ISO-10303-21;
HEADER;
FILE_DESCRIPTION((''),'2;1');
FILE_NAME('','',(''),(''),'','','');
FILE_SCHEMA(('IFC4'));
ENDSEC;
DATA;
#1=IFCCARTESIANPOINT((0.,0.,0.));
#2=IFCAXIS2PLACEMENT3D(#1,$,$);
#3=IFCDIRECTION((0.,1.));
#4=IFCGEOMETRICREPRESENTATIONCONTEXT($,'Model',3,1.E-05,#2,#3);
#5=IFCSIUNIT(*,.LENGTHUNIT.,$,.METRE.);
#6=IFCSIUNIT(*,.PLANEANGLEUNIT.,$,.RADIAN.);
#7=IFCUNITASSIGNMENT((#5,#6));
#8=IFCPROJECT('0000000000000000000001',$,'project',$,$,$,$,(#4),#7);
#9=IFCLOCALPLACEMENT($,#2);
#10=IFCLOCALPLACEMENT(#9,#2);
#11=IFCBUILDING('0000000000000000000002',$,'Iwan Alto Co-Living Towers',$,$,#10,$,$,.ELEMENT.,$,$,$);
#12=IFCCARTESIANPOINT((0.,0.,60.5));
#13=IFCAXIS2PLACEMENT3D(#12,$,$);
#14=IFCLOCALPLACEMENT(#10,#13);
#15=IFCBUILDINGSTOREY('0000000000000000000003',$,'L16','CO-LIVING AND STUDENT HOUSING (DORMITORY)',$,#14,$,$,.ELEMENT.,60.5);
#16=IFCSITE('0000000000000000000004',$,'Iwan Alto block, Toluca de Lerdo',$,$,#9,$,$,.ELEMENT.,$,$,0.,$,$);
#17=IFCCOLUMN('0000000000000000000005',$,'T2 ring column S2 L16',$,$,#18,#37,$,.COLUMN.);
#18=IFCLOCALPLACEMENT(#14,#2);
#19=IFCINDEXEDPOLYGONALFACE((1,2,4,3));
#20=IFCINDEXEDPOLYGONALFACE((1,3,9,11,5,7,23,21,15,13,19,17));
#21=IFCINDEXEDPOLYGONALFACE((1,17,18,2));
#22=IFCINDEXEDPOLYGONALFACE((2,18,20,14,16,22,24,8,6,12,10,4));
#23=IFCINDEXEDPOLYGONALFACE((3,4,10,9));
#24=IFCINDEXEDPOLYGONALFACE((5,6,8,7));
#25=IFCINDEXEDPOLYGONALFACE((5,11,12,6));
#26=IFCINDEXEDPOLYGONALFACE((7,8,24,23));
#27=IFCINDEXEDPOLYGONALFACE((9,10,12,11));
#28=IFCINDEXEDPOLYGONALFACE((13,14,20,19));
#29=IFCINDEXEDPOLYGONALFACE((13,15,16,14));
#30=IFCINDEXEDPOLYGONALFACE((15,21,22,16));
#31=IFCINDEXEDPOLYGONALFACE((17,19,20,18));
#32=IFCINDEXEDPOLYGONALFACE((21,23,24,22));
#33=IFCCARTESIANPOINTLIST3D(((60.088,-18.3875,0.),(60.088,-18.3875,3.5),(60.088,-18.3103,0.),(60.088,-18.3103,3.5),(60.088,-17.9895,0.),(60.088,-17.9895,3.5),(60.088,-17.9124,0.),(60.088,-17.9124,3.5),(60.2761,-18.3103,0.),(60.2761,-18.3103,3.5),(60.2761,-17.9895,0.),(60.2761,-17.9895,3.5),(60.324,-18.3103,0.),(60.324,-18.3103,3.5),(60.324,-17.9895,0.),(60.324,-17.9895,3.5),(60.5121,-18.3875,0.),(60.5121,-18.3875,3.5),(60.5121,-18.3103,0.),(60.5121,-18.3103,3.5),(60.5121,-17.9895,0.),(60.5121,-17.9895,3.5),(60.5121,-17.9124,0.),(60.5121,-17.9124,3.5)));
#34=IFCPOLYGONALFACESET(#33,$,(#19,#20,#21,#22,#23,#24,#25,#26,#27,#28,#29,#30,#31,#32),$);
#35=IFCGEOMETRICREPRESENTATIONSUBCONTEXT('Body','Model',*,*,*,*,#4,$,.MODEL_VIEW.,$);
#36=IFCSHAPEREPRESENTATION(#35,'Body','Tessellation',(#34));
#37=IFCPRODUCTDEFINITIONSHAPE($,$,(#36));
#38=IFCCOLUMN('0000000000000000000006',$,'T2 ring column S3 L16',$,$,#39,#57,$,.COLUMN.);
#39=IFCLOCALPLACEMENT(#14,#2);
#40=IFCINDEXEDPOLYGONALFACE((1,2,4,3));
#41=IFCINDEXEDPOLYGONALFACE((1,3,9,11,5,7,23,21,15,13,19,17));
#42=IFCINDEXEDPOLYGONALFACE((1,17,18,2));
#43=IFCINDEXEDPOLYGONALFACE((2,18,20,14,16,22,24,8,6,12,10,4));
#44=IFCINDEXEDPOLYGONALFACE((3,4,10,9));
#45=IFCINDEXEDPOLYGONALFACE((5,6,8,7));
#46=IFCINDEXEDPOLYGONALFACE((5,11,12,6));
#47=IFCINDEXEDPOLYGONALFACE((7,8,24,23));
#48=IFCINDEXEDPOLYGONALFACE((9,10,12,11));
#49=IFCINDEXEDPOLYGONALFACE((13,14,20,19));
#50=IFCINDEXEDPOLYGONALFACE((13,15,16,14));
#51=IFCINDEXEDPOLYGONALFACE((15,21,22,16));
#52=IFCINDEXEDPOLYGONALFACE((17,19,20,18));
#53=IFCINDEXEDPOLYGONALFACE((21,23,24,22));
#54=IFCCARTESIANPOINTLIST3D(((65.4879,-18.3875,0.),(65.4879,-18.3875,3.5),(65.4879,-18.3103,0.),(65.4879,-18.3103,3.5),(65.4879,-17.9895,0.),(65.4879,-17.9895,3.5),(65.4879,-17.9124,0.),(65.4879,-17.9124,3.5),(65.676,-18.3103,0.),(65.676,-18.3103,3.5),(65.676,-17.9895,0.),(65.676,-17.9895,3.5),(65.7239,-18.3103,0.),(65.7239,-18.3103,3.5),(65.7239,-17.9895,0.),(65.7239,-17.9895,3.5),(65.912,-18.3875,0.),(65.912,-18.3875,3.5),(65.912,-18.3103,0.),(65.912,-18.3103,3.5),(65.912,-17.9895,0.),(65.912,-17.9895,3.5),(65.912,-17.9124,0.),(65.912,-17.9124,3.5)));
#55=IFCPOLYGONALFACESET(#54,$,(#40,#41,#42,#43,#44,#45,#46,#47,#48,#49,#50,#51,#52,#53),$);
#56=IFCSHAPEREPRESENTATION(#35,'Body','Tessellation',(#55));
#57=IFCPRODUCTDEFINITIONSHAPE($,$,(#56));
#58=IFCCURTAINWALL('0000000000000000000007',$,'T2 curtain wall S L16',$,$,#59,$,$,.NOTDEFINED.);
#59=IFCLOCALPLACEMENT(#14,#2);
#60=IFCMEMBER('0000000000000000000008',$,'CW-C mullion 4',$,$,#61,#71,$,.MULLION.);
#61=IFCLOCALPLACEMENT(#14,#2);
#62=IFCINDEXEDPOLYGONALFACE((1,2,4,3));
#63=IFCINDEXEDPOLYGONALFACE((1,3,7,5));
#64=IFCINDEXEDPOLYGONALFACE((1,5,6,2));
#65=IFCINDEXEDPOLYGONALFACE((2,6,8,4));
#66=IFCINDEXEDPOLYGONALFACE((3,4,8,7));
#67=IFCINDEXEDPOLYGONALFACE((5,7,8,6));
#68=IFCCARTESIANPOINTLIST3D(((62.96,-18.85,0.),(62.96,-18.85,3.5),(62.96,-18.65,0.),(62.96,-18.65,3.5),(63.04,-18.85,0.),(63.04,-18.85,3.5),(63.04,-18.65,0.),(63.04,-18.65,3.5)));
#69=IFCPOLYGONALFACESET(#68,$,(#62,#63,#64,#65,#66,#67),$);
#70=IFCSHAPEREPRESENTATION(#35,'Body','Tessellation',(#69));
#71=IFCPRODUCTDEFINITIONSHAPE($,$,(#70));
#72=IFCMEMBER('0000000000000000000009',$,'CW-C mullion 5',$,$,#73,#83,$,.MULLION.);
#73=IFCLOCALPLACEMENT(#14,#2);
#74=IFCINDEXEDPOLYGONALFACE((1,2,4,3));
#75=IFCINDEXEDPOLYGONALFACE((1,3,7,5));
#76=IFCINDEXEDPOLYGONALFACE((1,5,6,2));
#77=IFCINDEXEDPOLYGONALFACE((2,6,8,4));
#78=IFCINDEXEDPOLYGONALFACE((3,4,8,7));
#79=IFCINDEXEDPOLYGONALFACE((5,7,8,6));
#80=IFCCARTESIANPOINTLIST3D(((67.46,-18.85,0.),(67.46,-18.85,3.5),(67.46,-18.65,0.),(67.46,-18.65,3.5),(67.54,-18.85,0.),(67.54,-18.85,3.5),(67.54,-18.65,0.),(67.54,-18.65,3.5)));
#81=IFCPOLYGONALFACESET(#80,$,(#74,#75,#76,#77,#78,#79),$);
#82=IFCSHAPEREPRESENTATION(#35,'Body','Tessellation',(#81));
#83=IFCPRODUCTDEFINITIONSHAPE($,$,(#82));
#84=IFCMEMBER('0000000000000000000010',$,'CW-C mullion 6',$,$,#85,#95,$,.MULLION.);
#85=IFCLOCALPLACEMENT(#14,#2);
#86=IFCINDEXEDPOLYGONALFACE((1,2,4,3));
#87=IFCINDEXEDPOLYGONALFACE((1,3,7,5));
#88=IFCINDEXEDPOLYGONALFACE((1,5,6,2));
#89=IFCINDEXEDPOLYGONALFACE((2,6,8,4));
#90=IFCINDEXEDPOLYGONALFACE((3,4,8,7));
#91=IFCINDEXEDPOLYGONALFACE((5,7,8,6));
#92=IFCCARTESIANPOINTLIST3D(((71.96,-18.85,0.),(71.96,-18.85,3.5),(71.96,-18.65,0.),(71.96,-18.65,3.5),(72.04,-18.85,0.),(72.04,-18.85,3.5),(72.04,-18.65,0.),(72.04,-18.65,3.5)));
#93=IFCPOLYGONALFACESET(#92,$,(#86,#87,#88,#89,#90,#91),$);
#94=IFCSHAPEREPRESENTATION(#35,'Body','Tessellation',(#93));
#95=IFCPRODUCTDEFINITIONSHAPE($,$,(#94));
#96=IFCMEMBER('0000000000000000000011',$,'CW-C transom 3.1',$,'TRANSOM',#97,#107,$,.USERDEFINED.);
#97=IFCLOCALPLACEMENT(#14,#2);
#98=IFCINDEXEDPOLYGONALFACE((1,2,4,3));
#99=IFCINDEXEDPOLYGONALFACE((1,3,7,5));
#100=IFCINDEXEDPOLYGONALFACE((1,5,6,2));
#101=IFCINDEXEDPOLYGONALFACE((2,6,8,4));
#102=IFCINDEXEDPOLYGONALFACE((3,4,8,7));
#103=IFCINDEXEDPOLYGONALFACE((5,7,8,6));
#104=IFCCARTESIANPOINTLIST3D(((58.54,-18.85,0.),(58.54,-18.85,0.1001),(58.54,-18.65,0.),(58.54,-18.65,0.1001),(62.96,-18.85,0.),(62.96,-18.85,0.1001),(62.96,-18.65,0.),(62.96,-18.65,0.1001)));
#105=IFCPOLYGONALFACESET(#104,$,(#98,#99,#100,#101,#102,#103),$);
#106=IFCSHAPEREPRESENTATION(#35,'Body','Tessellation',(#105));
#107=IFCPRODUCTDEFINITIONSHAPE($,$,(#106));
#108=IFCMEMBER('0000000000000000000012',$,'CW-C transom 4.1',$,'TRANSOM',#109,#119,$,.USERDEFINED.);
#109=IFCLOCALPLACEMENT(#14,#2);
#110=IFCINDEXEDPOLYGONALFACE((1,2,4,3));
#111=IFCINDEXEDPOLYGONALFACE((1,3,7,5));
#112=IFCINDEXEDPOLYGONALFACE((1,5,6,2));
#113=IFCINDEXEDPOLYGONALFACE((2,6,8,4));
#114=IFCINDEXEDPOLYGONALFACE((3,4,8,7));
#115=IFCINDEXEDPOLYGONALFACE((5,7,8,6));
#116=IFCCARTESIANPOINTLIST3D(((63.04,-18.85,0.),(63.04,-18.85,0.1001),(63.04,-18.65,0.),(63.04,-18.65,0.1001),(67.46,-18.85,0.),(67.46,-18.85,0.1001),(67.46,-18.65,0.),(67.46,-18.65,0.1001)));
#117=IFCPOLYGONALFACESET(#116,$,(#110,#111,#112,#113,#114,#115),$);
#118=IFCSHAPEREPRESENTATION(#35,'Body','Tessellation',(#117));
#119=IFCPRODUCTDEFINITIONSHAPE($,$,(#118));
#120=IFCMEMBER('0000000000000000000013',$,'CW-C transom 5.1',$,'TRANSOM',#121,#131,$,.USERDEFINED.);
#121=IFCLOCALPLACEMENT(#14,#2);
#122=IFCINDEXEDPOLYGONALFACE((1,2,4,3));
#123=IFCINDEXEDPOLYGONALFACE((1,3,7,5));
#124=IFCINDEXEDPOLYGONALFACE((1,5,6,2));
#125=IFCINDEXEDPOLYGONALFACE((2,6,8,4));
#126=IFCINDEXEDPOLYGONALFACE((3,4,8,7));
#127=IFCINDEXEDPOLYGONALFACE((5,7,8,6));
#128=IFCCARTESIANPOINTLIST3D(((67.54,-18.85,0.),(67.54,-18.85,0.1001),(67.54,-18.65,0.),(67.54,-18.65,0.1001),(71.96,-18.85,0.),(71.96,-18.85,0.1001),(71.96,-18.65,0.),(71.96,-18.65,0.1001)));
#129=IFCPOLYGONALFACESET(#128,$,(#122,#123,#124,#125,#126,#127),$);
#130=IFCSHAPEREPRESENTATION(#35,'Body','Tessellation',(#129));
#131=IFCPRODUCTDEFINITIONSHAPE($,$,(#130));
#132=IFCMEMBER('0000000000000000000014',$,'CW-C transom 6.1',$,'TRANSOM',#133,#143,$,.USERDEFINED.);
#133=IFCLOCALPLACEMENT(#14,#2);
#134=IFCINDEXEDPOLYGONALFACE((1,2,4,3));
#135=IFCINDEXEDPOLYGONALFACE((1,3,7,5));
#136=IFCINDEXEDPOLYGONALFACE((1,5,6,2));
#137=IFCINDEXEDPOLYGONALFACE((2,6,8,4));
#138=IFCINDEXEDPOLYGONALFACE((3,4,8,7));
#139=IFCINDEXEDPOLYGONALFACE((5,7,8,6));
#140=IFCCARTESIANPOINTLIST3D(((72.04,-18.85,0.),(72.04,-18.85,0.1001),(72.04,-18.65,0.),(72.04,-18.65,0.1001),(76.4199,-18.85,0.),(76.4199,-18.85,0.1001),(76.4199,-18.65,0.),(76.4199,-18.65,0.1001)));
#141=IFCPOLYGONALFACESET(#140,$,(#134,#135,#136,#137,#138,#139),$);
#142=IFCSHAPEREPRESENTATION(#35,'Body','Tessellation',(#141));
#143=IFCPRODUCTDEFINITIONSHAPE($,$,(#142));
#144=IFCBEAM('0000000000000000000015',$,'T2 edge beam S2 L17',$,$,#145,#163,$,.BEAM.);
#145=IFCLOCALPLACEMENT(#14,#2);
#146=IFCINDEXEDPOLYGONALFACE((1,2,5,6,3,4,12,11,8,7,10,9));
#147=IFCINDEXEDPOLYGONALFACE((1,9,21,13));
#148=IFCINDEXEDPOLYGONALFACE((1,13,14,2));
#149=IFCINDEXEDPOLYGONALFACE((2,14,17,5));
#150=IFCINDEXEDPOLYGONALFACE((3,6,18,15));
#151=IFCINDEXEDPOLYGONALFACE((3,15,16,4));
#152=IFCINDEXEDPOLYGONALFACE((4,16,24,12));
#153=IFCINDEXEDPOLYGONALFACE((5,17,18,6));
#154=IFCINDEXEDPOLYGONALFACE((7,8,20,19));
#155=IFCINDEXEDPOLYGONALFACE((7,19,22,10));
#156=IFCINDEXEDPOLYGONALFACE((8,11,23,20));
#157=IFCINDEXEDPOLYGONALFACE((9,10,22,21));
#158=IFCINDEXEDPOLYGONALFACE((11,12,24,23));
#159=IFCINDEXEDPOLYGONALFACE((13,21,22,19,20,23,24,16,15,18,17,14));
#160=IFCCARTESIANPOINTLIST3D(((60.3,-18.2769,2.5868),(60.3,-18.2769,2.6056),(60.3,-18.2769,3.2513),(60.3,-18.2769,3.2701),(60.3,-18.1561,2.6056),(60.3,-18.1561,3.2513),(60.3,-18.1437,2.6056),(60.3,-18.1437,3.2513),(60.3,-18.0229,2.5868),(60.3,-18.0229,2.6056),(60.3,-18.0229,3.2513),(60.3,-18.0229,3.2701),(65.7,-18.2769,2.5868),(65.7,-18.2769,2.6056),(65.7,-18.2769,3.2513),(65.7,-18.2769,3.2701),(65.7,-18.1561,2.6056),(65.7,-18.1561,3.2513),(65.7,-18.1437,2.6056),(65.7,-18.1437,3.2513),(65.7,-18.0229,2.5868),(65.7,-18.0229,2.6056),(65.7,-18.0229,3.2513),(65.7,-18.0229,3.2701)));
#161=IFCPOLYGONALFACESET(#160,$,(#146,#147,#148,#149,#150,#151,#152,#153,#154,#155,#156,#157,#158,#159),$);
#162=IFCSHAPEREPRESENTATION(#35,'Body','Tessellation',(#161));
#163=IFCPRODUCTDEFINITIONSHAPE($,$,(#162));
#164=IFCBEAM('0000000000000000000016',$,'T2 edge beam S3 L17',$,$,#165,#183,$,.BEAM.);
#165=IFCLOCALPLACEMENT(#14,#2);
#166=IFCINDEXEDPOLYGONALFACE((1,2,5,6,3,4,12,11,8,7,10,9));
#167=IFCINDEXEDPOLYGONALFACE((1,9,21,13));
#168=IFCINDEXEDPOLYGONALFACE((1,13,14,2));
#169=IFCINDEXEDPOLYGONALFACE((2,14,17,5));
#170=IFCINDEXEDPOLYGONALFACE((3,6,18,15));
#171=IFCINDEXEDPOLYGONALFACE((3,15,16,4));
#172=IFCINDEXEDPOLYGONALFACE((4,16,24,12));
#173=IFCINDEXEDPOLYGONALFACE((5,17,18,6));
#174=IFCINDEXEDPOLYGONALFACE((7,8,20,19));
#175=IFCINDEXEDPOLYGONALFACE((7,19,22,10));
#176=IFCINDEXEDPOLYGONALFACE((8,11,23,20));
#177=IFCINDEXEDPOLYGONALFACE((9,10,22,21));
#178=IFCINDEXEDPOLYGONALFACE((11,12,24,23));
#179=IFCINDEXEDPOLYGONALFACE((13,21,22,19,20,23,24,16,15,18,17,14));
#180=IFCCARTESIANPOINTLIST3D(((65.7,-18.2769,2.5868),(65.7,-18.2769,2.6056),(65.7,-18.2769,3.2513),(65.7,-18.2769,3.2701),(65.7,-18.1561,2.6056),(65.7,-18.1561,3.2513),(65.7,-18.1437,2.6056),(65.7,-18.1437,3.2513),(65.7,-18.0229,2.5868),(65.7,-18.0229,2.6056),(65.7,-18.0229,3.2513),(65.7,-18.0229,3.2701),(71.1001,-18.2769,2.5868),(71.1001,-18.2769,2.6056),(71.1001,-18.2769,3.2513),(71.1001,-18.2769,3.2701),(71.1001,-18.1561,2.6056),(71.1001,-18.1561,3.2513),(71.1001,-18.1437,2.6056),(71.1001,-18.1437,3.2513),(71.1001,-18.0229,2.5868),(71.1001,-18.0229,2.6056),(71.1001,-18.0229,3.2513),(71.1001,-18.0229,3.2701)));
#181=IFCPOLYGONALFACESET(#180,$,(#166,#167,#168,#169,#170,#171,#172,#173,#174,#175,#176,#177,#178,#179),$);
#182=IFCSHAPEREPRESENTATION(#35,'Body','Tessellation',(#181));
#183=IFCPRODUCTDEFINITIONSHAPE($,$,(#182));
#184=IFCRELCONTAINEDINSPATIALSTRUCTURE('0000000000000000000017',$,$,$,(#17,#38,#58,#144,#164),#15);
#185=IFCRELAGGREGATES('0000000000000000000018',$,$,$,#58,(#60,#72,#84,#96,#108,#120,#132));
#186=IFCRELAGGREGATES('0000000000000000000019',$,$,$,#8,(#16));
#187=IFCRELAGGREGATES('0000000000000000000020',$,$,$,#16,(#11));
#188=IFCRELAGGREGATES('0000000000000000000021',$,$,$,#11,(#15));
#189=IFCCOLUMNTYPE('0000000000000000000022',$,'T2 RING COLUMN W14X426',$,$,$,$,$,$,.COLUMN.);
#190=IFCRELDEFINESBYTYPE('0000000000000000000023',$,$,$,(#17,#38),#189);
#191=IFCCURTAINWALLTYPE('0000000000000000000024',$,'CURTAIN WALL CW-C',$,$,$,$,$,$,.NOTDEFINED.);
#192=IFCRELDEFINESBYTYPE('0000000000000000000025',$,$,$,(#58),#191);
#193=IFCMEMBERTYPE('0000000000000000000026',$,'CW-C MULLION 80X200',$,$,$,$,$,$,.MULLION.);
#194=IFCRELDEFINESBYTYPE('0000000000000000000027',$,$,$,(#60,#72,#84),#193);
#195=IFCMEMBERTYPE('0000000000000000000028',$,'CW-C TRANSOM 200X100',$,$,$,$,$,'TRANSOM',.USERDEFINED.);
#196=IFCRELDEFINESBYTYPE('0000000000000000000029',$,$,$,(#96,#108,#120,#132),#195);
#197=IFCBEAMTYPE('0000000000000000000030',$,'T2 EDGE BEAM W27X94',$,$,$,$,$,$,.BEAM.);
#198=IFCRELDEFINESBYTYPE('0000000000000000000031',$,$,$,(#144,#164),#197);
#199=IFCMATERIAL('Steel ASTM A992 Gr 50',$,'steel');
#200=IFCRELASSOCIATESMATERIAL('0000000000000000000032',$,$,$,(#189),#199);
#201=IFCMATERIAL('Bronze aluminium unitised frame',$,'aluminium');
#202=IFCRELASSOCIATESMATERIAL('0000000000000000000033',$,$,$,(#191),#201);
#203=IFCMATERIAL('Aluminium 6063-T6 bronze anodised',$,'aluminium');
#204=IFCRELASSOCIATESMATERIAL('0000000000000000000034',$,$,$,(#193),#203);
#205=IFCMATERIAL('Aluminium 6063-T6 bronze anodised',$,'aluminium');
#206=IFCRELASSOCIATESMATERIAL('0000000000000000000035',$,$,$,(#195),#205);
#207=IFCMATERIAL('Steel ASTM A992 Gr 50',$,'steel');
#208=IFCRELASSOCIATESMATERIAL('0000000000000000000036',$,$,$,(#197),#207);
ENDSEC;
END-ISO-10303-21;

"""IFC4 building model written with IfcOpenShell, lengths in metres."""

from ifc_helpers import new_model, si_unit, direction, frame, origin, origin_2d, place, context, subcontext, project, spatial, rectangle, i_section, extrude, material, material_profile, profile_set, type_object, element, aggregate, save


model = new_model("IFC4")

# Units and contexts
model_context = context("Model", 3, precision=1e-05, world=origin(), true_north=direction((0.0, 1.0)))
body_context = subcontext(model_context, "Body", "Model", "MODEL_VIEW")
ifc_project = project(units=[si_unit("LENGTHUNIT", "METRE"), si_unit("PLANEANGLEUNIT", "RADIAN")], contexts=[model_context])

# Site, building, storey
site_placement = place(None, origin())
site = spatial("IfcSite", under=ifc_project, at=site_placement, Name="Iwan Alto block, Toluca de Lerdo", CompositionType="ELEMENT", RefElevation=0.0)
building_placement = place(site_placement, origin())
building = spatial("IfcBuilding", under=site, at=building_placement, Name="Iwan Alto Co-Living Towers", CompositionType="ELEMENT")
storey_placement = place(building_placement, frame((0.0, 0.0, 60.5)))
storey = spatial("IfcBuildingStorey", under=building, at=storey_placement, Name="L16", Description="CO-LIVING AND STUDENT HOUSING (DORMITORY)", CompositionType="ELEMENT", Elevation=60.5)

# Columns
ifc_material_1 = material(Name="Steel ASTM A992 Gr 50", Category="steel")
ifc_material_profile_1 = material_profile(ifc_material_1, i_section(OverallWidth=0.4241, OverallDepth=0.4751, WebThickness=0.0479, FlangeThickness=0.0771, at=origin_2d()), Name="W14X426")
ifc_profile_set_1 = profile_set([ifc_material_profile_1], Name="Steel ASTM A992 Gr 50")
column_type = type_object("IfcColumnType", Name="T2 RING COLUMN W14X426", PredefinedType="COLUMN", material=ifc_profile_set_1)
for number, where, z_axis, x_axis, name in (
    (1, (60.3, -18.1499, 0.0), (0.0, 0.0, 1.0), (1.0, 0.0, 0.0), "T2 ring column S2 L16"),
    (2, (65.7, -18.1499, 0.0), (0.0, 0.0, 1.0), (1.0, 0.0, 0.0), "T2 ring column S3 L16"),
):
    element("IfcColumn", number, at=place(storey_placement, frame(where, z_axis=z_axis, x_axis=x_axis)), inside=storey, type_object=column_type, Name=name, PredefinedType="COLUMN", context=body_context, shape_type="SweptSolid", body=[
        extrude(i_section(OverallWidth=0.4241, OverallDepth=0.4751, WebThickness=0.0479, FlangeThickness=0.0771, at=origin_2d()), origin(), (0.0, 0.0, 1.0), 3.5),
    ])

# Curtain wall, members
ifc_material_2 = material(Name="Bronze aluminium unitised frame", Category="aluminium")
curtain_wall_type = type_object("IfcCurtainWallType", Name="CURTAIN WALL CW-C", PredefinedType="NOTDEFINED", material=ifc_material_2)
curtain_wall_placement = place(storey_placement, origin())
curtain_wall = element("IfcCurtainWall", 3, at=curtain_wall_placement, inside=storey, type_object=curtain_wall_type, Name="T2 curtain wall S L16", PredefinedType="NOTDEFINED")
ifc_material_3 = material(Name="Aluminium 6063-T6 bronze anodised", Category="aluminium")
ifc_material_profile_2 = material_profile(ifc_material_3, rectangle(XDim=0.2, YDim=0.0801, at=origin_2d()), Name="AL 80X200")
ifc_profile_set_2 = profile_set([ifc_material_profile_2], Name="Aluminium 6063-T6 bronze anodised")
member_type_1 = type_object("IfcMemberType", Name="CW-C MULLION 80X200", PredefinedType="MULLION", material=ifc_profile_set_2)
member_1_placement = place(storey_placement, frame((63.0, -18.75, 0.0), z_axis=(0.0, 0.0, 1.0), x_axis=(0.0, 1.0, 0.0)))
member_1 = element("IfcMember", 4, at=member_1_placement, type_object=member_type_1, Name="CW-C mullion 4", PredefinedType="MULLION", context=body_context, shape_type="SweptSolid", body=[
    extrude(rectangle(XDim=0.2, YDim=0.0801, at=origin_2d()), origin(), (0.0, 0.0, 1.0), 3.5),
])
member_2_placement = place(storey_placement, frame((67.5, -18.75, 0.0), z_axis=(0.0, 0.0, 1.0), x_axis=(0.0, 1.0, 0.0)))
member_2 = element("IfcMember", 5, at=member_2_placement, type_object=member_type_1, Name="CW-C mullion 5", PredefinedType="MULLION", context=body_context, shape_type="SweptSolid", body=[
    extrude(rectangle(XDim=0.2, YDim=0.0801, at=origin_2d()), origin(), (0.0, 0.0, 1.0), 3.5),
])
member_3_placement = place(storey_placement, frame((72.0, -18.75, 0.0), z_axis=(0.0, 0.0, 1.0), x_axis=(0.0, 1.0, 0.0)))
member_3 = element("IfcMember", 6, at=member_3_placement, type_object=member_type_1, Name="CW-C mullion 6", PredefinedType="MULLION", context=body_context, shape_type="SweptSolid", body=[
    extrude(rectangle(XDim=0.2, YDim=0.0801, at=origin_2d()), origin(), (0.0, 0.0, 1.0), 3.5),
])
ifc_material_4 = material(Name="Aluminium 6063-T6 bronze anodised", Category="aluminium")
ifc_material_profile_3 = material_profile(ifc_material_4, rectangle(XDim=0.2, YDim=0.1001, at=origin_2d()), Name="AL 200X100")
ifc_profile_set_3 = profile_set([ifc_material_profile_3], Name="Aluminium 6063-T6 bronze anodised")
member_type_2 = type_object("IfcMemberType", Name="CW-C TRANSOM 200X100", ElementType="TRANSOM", PredefinedType="USERDEFINED", material=ifc_profile_set_3)
member_4_placement = place(storey_placement, frame((58.54, -18.75, 0.05), z_axis=(1.0, 0.0, 0.0), x_axis=(0.0, 1.0, 0.0)))
member_4 = element("IfcMember", 7, at=member_4_placement, type_object=member_type_2, Name="CW-C transom 3.1", ObjectType="TRANSOM", PredefinedType="USERDEFINED", context=body_context, shape_type="SweptSolid", body=[
    extrude(rectangle(XDim=0.2, YDim=0.1001, at=origin_2d()), origin(), (0.0, 0.0, 1.0), 4.4199),
])
member_5_placement = place(storey_placement, frame((63.04, -18.75, 0.05), z_axis=(1.0, 0.0, 0.0), x_axis=(0.0, 1.0, 0.0)))
member_5 = element("IfcMember", 8, at=member_5_placement, type_object=member_type_2, Name="CW-C transom 4.1", ObjectType="TRANSOM", PredefinedType="USERDEFINED", context=body_context, shape_type="SweptSolid", body=[
    extrude(rectangle(XDim=0.2, YDim=0.1001, at=origin_2d()), origin(), (0.0, 0.0, 1.0), 4.4199),
])
member_6_placement = place(storey_placement, frame((67.54, -18.75, 0.05), z_axis=(1.0, 0.0, 0.0), x_axis=(0.0, 1.0, 0.0)))
member_6 = element("IfcMember", 9, at=member_6_placement, type_object=member_type_2, Name="CW-C transom 5.1", ObjectType="TRANSOM", PredefinedType="USERDEFINED", context=body_context, shape_type="SweptSolid", body=[
    extrude(rectangle(XDim=0.2, YDim=0.1001, at=origin_2d()), origin(), (0.0, 0.0, 1.0), 4.4199),
])
member_7_placement = place(storey_placement, frame((72.04, -18.75, 0.05), z_axis=(1.0, 0.0, 0.0), x_axis=(0.0, 1.0, 0.0)))
member_7 = element("IfcMember", 10, at=member_7_placement, type_object=member_type_2, Name="CW-C transom 6.1", ObjectType="TRANSOM", PredefinedType="USERDEFINED", context=body_context, shape_type="SweptSolid", body=[
    extrude(rectangle(XDim=0.2, YDim=0.1001, at=origin_2d()), origin(), (0.0, 0.0, 1.0), 4.3799),
])

# Beams
ifc_material_5 = material(Name="Steel ASTM A992 Gr 50", Category="steel")
ifc_material_profile_4 = material_profile(ifc_material_5, i_section(OverallWidth=0.2539, OverallDepth=0.6833, WebThickness=0.0125, FlangeThickness=0.0188, at=origin_2d()), Name="W27X94")
ifc_profile_set_4 = profile_set([ifc_material_profile_4], Name="Steel ASTM A992 Gr 50")
beam_type_1 = type_object("IfcBeamType", Name="T2 EDGE BEAM W27X94", PredefinedType="BEAM", material=ifc_profile_set_4)
beam_1_placement = place(storey_placement, frame((60.3, -18.1499, 2.9285), z_axis=(1.0, 0.0, 0.0), x_axis=(0.0, 1.0, 0.0)))
element("IfcBeam", 11, at=beam_1_placement, inside=storey, type_object=beam_type_1, Name="T2 edge beam S2 L17", PredefinedType="BEAM", context=body_context, shape_type="SweptSolid", body=[
    extrude(i_section(OverallWidth=0.2539, OverallDepth=0.6833, WebThickness=0.0125, FlangeThickness=0.0188, at=origin_2d()), origin(), (0.0, 0.0, 1.0), 5.3999),
])
beam_2_placement = place(storey_placement, frame((65.7, -18.1499, 2.9285), z_axis=(1.0, 0.0, 0.0), x_axis=(0.0, 1.0, 0.0)))
element("IfcBeam", 12, at=beam_2_placement, inside=storey, type_object=beam_type_1, Name="T2 edge beam S3 L17", PredefinedType="BEAM", context=body_context, shape_type="SweptSolid", body=[
    extrude(i_section(OverallWidth=0.2539, OverallDepth=0.6833, WebThickness=0.0125, FlangeThickness=0.0188, at=origin_2d()), origin(), (0.0, 0.0, 1.0), 5.4001),
])

aggregate(curtain_wall, [member_1, member_2, member_3, member_4, member_5, member_6, member_7])

save(model, "model.ifc")
